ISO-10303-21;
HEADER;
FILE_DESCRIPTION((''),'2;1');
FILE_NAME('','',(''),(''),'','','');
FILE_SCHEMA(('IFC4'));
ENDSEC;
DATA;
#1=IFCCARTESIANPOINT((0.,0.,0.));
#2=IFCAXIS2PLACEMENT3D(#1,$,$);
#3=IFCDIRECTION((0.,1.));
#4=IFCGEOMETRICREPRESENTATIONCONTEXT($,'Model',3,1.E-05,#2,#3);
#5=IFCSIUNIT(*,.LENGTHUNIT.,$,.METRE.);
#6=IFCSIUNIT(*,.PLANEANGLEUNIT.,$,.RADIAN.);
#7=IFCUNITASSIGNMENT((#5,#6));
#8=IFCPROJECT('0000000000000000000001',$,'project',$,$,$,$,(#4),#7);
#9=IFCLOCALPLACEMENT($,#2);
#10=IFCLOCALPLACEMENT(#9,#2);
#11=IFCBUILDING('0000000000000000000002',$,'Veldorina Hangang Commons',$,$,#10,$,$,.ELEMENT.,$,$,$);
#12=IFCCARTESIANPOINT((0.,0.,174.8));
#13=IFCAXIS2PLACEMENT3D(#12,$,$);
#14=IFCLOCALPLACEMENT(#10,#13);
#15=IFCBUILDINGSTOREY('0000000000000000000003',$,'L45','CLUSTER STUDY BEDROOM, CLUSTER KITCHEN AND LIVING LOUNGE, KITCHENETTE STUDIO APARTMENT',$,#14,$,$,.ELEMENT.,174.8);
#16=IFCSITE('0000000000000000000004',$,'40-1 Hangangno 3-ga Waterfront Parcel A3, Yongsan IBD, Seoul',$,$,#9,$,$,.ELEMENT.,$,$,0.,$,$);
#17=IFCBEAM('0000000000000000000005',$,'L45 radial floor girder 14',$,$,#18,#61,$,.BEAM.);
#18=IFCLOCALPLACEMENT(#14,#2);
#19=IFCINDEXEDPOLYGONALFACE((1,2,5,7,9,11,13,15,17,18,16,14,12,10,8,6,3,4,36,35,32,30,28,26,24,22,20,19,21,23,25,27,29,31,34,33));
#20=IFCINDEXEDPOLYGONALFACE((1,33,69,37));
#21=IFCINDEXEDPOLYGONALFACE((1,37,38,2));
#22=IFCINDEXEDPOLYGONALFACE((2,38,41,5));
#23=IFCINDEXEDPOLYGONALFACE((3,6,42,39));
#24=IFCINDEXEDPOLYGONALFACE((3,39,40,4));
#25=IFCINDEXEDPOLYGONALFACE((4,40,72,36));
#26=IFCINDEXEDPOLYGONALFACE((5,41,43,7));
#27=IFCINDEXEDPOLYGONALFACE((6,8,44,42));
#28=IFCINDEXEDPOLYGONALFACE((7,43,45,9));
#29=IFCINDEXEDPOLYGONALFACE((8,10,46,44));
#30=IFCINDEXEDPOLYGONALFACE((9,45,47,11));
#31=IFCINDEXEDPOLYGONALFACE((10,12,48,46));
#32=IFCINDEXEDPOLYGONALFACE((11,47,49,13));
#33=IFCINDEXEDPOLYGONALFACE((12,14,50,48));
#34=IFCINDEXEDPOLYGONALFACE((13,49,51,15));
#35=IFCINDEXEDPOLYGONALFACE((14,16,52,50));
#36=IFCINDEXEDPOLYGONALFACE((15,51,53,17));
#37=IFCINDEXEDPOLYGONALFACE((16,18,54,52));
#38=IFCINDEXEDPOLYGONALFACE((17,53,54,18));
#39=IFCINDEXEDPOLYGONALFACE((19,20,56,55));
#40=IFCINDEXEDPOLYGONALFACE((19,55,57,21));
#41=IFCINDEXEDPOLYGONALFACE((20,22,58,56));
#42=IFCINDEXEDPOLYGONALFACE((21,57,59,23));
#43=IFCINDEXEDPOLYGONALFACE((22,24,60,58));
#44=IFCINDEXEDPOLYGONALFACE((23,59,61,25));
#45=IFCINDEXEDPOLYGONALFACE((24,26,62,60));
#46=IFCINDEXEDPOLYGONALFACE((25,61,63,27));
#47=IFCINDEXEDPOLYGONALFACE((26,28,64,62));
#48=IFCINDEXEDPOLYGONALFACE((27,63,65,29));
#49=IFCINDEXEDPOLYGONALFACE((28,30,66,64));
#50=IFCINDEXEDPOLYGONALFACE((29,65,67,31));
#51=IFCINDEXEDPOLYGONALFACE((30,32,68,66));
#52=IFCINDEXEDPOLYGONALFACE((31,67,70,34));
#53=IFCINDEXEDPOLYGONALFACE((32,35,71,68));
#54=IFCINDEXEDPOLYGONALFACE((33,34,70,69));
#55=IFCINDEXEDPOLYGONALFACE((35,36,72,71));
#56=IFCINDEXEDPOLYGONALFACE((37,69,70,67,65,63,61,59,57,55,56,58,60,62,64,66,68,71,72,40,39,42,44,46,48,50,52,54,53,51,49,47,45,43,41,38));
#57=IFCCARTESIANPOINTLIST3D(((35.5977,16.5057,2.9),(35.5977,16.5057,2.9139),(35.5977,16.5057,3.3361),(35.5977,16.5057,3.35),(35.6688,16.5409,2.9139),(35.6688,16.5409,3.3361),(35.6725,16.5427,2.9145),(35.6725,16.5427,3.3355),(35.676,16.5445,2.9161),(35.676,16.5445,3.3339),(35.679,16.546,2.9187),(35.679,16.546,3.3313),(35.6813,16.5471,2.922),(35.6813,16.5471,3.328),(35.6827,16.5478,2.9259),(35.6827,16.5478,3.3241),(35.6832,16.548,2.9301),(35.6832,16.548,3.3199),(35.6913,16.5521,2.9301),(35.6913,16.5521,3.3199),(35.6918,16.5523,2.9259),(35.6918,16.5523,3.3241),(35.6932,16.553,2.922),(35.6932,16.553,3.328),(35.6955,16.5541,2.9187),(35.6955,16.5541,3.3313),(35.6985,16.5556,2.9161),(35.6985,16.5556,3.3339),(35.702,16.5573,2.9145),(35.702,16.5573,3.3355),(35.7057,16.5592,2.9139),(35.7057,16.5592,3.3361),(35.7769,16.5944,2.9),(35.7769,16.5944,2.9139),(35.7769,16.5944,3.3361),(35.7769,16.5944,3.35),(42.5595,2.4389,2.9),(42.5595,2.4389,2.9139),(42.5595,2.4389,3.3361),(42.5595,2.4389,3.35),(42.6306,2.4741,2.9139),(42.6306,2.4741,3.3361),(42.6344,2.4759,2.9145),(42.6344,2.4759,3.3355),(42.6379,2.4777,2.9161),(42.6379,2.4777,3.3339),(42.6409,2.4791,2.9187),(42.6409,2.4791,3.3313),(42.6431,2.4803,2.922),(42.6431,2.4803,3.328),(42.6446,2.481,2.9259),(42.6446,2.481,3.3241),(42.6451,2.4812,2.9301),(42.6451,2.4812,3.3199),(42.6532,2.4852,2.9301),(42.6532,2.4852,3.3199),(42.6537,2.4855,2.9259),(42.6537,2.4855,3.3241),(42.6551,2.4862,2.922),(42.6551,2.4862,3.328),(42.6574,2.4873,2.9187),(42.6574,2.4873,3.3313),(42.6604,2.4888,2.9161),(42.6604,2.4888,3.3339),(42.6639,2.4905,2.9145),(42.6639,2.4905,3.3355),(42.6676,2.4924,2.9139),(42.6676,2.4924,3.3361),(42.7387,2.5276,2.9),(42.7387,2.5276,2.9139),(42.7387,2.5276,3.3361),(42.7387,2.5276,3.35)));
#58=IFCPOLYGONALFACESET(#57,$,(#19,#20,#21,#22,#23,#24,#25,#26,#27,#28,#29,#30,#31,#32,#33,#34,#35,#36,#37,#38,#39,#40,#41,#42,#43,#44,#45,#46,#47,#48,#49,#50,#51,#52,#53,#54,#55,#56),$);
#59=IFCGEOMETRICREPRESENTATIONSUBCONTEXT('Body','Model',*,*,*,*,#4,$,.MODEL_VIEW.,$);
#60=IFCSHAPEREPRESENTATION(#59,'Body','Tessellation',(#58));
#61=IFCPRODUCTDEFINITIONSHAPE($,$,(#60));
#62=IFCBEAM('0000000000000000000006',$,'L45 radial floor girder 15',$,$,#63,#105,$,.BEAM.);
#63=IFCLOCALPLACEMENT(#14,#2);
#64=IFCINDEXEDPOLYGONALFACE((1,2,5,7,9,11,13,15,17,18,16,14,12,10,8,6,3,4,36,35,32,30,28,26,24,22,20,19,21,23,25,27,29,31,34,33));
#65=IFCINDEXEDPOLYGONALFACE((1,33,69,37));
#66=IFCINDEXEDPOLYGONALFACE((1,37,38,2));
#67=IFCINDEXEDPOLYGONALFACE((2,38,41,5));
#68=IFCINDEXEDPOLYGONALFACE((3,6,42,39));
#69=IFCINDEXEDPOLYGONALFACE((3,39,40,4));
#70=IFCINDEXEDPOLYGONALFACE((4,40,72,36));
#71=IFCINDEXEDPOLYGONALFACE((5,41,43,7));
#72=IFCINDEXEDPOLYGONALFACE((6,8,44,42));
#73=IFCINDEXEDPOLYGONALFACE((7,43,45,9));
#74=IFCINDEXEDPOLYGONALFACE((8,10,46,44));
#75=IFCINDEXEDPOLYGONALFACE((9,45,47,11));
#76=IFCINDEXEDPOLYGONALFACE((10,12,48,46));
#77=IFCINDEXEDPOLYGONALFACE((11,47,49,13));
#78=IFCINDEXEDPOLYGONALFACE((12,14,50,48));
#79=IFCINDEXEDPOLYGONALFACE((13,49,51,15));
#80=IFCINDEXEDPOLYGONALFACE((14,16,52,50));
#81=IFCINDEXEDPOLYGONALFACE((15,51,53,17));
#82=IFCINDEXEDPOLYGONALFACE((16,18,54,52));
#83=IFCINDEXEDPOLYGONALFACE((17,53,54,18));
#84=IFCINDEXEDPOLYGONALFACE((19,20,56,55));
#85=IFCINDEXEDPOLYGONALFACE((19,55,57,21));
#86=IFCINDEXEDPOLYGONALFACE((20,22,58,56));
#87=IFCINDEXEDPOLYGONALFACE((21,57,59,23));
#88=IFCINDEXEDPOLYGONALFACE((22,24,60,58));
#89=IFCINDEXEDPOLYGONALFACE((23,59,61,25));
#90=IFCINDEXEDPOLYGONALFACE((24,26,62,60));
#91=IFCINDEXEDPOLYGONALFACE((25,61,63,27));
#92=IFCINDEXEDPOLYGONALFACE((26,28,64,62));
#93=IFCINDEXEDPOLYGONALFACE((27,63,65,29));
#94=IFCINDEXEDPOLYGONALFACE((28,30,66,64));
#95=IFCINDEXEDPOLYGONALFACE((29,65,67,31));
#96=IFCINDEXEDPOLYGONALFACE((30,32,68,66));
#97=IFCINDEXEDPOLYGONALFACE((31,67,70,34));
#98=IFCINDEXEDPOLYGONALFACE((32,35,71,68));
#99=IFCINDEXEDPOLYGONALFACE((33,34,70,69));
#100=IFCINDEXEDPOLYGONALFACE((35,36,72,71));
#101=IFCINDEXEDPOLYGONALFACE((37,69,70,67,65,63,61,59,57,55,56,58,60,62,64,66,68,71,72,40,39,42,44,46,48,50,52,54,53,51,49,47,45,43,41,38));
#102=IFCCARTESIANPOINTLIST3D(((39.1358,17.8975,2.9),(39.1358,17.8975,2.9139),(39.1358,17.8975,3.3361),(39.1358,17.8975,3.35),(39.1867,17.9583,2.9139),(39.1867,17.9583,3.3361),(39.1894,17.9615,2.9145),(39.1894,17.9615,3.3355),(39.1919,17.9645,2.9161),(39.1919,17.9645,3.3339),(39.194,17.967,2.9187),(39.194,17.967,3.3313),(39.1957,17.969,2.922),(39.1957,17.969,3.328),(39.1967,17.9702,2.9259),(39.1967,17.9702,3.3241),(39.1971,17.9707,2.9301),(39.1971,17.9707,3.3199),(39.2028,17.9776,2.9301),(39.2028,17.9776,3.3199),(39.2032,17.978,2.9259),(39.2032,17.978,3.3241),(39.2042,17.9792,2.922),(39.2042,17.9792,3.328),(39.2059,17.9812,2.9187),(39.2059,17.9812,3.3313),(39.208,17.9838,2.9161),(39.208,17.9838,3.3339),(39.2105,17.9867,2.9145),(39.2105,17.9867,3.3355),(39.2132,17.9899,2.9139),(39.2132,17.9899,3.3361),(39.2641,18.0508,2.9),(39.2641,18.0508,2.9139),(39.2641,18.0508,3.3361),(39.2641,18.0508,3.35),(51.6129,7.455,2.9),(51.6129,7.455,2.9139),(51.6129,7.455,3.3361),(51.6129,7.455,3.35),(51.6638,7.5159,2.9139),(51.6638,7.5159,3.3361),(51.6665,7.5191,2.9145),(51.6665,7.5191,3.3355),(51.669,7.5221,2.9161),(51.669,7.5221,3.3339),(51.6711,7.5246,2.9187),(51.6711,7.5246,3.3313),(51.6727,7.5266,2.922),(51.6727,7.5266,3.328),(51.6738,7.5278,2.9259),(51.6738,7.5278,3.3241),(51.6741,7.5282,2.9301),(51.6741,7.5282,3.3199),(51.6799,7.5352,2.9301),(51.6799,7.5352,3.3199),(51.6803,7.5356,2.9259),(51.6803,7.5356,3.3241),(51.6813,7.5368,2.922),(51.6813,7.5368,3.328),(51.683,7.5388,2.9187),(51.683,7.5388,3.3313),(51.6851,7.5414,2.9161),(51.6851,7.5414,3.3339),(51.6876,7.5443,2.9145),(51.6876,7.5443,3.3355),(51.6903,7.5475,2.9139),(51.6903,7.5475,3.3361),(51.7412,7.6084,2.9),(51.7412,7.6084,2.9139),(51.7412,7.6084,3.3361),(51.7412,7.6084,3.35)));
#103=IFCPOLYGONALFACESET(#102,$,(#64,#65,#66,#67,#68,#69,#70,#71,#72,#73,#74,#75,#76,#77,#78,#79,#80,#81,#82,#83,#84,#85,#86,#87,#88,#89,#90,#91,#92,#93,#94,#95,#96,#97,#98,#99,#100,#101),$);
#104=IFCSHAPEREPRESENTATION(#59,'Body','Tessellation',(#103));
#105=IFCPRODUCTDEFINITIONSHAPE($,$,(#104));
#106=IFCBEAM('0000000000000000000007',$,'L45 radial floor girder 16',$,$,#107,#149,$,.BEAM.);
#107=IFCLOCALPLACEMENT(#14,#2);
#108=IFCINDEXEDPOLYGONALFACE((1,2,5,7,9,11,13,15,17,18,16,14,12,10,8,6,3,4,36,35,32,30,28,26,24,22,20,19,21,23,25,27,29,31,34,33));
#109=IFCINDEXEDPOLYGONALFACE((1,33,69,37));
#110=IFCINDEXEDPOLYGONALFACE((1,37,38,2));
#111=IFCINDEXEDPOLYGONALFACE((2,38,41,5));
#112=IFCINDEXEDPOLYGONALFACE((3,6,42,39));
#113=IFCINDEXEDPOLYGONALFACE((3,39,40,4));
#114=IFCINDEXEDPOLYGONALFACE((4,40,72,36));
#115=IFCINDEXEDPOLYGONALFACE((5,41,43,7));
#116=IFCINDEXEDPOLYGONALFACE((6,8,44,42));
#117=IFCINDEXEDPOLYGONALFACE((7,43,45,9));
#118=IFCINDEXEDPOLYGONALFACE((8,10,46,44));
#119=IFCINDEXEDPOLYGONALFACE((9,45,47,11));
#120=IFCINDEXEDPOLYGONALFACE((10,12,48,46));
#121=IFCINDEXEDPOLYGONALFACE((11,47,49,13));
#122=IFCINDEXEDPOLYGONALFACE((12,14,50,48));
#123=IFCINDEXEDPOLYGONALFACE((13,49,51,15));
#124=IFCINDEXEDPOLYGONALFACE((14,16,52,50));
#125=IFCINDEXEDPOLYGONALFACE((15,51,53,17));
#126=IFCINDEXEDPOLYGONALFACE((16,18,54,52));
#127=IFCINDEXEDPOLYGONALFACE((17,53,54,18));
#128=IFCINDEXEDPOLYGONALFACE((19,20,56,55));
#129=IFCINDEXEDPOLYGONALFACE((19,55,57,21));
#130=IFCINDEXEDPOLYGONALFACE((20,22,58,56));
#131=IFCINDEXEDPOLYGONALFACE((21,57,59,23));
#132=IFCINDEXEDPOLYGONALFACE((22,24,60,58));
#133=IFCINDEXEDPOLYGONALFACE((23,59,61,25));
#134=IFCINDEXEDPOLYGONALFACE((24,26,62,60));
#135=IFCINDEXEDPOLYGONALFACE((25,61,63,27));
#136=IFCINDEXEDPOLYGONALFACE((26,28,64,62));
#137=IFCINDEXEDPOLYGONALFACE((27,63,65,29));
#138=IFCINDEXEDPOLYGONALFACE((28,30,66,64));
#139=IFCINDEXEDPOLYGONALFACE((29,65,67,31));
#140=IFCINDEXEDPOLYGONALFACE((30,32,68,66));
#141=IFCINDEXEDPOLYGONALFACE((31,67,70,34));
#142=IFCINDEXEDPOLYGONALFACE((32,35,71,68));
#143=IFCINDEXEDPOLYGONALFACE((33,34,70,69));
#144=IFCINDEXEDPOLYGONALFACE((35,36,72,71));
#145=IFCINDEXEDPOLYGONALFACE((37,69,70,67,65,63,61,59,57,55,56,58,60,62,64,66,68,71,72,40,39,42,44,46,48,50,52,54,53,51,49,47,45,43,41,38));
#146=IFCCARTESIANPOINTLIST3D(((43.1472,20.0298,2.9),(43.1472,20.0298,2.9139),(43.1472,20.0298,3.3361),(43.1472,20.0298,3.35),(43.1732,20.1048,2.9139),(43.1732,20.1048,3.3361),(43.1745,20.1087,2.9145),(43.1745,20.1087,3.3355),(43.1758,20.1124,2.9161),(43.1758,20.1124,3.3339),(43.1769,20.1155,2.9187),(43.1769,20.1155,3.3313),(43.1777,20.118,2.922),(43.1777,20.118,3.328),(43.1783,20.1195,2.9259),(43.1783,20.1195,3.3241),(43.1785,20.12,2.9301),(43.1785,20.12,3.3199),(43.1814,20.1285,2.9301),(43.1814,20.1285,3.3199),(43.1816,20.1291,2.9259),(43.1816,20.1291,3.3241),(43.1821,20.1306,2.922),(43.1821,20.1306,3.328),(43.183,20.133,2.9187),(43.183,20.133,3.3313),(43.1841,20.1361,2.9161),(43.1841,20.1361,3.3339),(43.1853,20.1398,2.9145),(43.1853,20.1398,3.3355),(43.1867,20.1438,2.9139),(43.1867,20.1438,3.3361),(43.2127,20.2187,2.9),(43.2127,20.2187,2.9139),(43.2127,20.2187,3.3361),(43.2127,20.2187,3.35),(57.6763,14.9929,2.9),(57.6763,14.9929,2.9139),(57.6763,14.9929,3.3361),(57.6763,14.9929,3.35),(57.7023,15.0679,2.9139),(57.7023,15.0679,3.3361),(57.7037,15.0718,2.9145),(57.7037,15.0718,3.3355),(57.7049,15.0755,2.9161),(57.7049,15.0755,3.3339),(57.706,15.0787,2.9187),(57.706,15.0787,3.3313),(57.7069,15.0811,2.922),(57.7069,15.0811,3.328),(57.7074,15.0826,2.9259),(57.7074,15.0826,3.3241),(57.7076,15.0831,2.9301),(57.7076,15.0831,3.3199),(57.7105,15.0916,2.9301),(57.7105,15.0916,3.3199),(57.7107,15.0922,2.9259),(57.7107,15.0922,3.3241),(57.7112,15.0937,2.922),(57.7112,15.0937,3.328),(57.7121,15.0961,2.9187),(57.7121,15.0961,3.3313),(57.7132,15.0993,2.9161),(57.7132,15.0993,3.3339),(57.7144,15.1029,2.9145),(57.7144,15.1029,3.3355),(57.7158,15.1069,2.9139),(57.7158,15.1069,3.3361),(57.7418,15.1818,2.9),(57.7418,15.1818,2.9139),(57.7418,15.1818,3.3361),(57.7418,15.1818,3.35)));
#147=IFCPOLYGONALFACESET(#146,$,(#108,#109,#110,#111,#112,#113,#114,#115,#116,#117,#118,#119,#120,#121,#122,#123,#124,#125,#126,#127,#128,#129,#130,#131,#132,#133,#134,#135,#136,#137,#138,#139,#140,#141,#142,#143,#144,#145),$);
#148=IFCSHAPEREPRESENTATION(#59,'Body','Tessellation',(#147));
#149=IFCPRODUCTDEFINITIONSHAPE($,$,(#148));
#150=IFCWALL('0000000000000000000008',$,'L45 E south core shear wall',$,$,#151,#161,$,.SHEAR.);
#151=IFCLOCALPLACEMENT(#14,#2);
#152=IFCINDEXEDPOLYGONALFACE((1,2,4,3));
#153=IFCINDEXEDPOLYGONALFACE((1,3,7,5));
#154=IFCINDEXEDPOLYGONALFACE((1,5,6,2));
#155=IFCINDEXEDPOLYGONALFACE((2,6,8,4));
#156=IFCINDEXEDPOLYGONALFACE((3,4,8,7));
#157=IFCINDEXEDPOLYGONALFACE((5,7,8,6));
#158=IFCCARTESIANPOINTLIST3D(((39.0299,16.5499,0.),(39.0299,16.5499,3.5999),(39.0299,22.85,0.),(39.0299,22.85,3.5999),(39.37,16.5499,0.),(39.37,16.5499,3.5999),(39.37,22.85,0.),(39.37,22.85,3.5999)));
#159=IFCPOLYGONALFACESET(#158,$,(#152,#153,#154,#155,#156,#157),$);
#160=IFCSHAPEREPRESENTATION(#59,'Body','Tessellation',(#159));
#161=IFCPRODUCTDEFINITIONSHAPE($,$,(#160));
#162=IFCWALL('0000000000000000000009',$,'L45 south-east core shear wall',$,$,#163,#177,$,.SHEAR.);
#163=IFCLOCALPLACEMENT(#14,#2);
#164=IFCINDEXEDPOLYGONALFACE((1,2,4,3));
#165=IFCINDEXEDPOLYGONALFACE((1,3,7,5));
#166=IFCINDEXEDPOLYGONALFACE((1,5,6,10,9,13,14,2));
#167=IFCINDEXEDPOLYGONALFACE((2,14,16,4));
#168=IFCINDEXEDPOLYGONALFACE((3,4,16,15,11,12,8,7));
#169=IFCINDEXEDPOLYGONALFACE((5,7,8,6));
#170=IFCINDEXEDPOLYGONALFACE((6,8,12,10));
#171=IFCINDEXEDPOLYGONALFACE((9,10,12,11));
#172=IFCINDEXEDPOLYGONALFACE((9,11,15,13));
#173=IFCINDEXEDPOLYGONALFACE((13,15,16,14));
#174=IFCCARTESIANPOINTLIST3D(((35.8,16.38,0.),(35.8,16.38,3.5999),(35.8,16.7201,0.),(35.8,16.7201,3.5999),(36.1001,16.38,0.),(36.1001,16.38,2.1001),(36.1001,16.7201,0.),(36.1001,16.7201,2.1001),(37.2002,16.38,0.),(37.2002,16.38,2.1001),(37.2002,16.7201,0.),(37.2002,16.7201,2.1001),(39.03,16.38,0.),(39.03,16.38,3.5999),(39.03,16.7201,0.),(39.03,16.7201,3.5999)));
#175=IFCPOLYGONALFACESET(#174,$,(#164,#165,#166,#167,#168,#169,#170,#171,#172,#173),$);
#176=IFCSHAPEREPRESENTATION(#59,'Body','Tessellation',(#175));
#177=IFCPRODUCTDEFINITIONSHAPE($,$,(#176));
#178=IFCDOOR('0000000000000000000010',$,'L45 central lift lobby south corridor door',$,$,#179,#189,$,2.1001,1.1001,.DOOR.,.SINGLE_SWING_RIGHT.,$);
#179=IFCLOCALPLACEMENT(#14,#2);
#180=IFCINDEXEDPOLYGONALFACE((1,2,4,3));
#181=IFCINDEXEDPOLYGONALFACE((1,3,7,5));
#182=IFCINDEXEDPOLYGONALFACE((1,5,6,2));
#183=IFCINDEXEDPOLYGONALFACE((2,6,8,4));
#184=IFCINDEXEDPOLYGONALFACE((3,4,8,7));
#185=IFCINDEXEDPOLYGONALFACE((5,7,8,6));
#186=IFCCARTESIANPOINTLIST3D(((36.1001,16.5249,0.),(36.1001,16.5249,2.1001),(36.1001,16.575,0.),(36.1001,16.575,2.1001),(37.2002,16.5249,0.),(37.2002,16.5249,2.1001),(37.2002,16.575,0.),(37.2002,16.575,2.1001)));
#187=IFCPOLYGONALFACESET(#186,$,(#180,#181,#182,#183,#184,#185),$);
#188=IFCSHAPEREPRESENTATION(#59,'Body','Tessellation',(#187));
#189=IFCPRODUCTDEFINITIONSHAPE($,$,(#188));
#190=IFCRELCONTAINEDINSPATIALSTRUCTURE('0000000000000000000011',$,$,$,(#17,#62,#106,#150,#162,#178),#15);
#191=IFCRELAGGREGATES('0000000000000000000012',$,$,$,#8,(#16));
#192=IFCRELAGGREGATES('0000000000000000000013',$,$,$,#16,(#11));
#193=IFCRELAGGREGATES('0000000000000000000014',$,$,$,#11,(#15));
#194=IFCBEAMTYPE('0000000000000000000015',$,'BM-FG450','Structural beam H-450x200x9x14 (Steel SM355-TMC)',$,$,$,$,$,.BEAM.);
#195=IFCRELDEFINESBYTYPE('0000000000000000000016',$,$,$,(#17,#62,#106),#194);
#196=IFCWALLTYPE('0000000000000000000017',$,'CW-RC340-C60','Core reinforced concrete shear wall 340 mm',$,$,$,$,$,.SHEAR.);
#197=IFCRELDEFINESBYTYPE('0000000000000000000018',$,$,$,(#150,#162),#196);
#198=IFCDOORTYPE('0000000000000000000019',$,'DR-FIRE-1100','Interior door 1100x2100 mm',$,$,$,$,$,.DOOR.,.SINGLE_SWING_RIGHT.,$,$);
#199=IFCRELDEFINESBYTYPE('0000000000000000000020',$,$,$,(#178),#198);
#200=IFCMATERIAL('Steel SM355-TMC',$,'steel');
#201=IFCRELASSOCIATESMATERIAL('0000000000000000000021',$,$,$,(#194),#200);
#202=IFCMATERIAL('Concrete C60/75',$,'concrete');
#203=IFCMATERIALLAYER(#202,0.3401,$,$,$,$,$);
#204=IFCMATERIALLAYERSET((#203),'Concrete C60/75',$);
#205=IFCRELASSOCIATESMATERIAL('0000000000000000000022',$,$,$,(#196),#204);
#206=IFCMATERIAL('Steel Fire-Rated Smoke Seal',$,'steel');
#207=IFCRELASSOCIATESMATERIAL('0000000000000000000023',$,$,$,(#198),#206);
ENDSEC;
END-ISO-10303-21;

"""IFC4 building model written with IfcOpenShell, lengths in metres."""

from ifc_helpers import new_model, si_unit, direction, frame, frame_2d, origin, origin_2d, place, context, subcontext, project, spatial, rectangle, i_section, extrude, material, layer, layer_set, material_profile, profile_set, type_object, element, fill, save


model = new_model("IFC4")

# Units and contexts
model_context = context("Model", 3, precision=1e-05, world=origin(), true_north=direction((0.0, 1.0)))
body_context = subcontext(model_context, "Body", "Model", "MODEL_VIEW")
ifc_project = project(units=[si_unit("LENGTHUNIT", "METRE"), si_unit("PLANEANGLEUNIT", "RADIAN")], contexts=[model_context])

# Site, building, storey
site_placement = place(None, origin())
site = spatial("IfcSite", under=ifc_project, at=site_placement, Name="40-1 Hangangno 3-ga Waterfront Parcel A3, Yongsan IBD, Seoul", CompositionType="ELEMENT", RefElevation=0.0)
building_placement = place(site_placement, origin())
building = spatial("IfcBuilding", under=site, at=building_placement, Name="Veldorina Hangang Commons", CompositionType="ELEMENT")
storey_placement = place(building_placement, frame((0.0, 0.0, 174.8)))
storey = spatial("IfcBuildingStorey", under=building, at=storey_placement, Name="L45", Description="CLUSTER STUDY BEDROOM, CLUSTER KITCHEN AND LIVING LOUNGE, KITCHENETTE STUDIO APARTMENT", CompositionType="ELEMENT", Elevation=174.8)

# Beams
ifc_material_1 = material(Name="Steel SM355-TMC", Category="steel")
ifc_material_profile = material_profile(ifc_material_1, i_section(OverallWidth=0.2, OverallDepth=0.45, WebThickness=0.009, FlangeThickness=0.0139, FilletRadius=0.0161, at=origin_2d()), Name="H-450x200x9x14")
ifc_profile_set = profile_set([ifc_material_profile], Name="Steel SM355-TMC")
beam_type = type_object("IfcBeamType", Name="BM-FG450", Description="Structural beam H-450x200x9x14 (Steel SM355-TMC)", PredefinedType="BEAM", material=ifc_profile_set)
beam_1_placement = place(storey_placement, frame((35.6873, 16.55, 3.125), z_axis=(0.443564, -0.896243, 0.0), x_axis=(0.896243, 0.443564, 0.0)))
element("IfcBeam", 1, at=beam_1_placement, inside=storey, type_object=beam_type, Name="L45 radial floor girder 14", PredefinedType="BEAM", context=body_context, shape_type="SweptSolid", body=[
    extrude(i_section(OverallWidth=0.2, OverallDepth=0.45, WebThickness=0.009, FlangeThickness=0.0139, FilletRadius=0.0161, at=origin_2d()), origin(), (0.0, 0.0, 1.0), 15.6953),
])
beam_2_placement = place(storey_placement, frame((39.2, 17.9741, 3.125), z_axis=(0.766864, -0.641809, 0.0), x_axis=(0.641809, 0.766864, 0.0)))
element("IfcBeam", 2, at=beam_2_placement, inside=storey, type_object=beam_type, Name="L45 radial floor girder 15", PredefinedType="BEAM", context=body_context, shape_type="SweptSolid", body=[
    extrude(i_section(OverallWidth=0.2, OverallDepth=0.45, WebThickness=0.009, FlangeThickness=0.0139, FilletRadius=0.0161, at=origin_2d()), origin(), (0.0, 0.0, 1.0), 16.2703),
])
beam_3_placement = place(storey_placement, frame((43.1799, 20.1243, 3.125), z_axis=(0.944834, -0.327551, 0.0), x_axis=(0.327551, 0.944834, 0.0)))
element("IfcBeam", 3, at=beam_3_placement, inside=storey, type_object=beam_type, Name="L45 radial floor girder 16", PredefinedType="BEAM", context=body_context, shape_type="SweptSolid", body=[
    extrude(i_section(OverallWidth=0.2, OverallDepth=0.45, WebThickness=0.009, FlangeThickness=0.0139, FilletRadius=0.0161, at=origin_2d()), origin(), (0.0, 0.0, 1.0), 15.3774),
])

# Wall
ifc_material_2 = material(Name="Concrete C60/75", Category="concrete")
ifc_layer_1 = layer(ifc_material_2, 0.3401)
ifc_layer_set_1 = layer_set([ifc_layer_1], Name="Concrete C60/75")
wall_type_1 = type_object("IfcWallType", Name="CW-RC340-C60", Description="Core reinforced concrete shear wall 340 mm", PredefinedType="SHEAR", material=ifc_layer_set_1)
wall_1_placement = place(storey_placement, frame((39.2, 16.55, 0.0), z_axis=(0.0, 0.0, 1.0), x_axis=(0.0, 1.0, 0.0)))
element("IfcWall", 4, at=wall_1_placement, inside=storey, type_object=wall_type_1, Name="L45 E south core shear wall", PredefinedType="SHEAR", context=body_context, shape_type="SweptSolid", body=[
    extrude(rectangle(XDim=6.3, YDim=0.3401, at=frame_2d((3.1499, 0.0))), origin(), (0.0, 0.0, 1.0), 3.5999),
])

# Wall, opening, door
wall_2_placement = place(storey_placement, frame((35.8, 16.55, 0.0), z_axis=(0.0, 0.0, 1.0), x_axis=(1.0, 0.0, 0.0)))
wall_2 = element("IfcWall", 5, at=wall_2_placement, inside=storey, type_object=wall_type_1, Name="L45 south-east core shear wall", PredefinedType="SHEAR", context=body_context, shape_type="SweptSolid", body=[
    extrude(rectangle(XDim=3.23, YDim=0.3401, at=frame_2d((1.615, 0.0))), origin(), (0.0, 0.0, 1.0), 3.5999),
])
opening_1_placement = place(wall_2_placement, frame((0.3, 0.0, 0.0)))
opening_1 = element("IfcOpeningElement", 6, at=opening_1_placement, cuts=wall_2, PredefinedType="OPENING", context=body_context, shape_type="SweptSolid", body=[
    extrude(rectangle(XDim=1.1001, YDim=2.1001, at=frame_2d((0.55, 1.05))), frame((0.0, 0.1802, 0.0), z_axis=(0.0, -1.0, 0.0), x_axis=(1.0, 0.0, 0.0)), (0.0, 0.0, 1.0), 0.3601),
])
ifc_material_3 = material(Name="Steel Fire-Rated Smoke Seal", Category="steel")
door_type_1 = type_object("IfcDoorType", Name="DR-FIRE-1100", Description="Interior door 1100x2100 mm", OperationType="SINGLE_SWING_RIGHT", PredefinedType="DOOR", material=ifc_material_3)
door_1_placement = place(opening_1_placement, origin())
door_1 = element("IfcDoor", 7, at=door_1_placement, inside=storey, type_object=door_type_1, Name="L45 central lift lobby south corridor door", OperationType="SINGLE_SWING_RIGHT", OverallHeight=2.1001, OverallWidth=1.1001, PredefinedType="DOOR", context=body_context, shape_type="SweptSolid", body=[
    extrude(rectangle(XDim=1.1001, YDim=2.1001, at=frame_2d((0.55, 1.05))), frame((0.0, 0.0249, 0.0), z_axis=(0.0, -1.0, 0.0), x_axis=(1.0, 0.0, 0.0)), (0.0, 0.0, 1.0), 0.05),
])
fill(opening_1, door_1)

save(model, "model.ifc")
